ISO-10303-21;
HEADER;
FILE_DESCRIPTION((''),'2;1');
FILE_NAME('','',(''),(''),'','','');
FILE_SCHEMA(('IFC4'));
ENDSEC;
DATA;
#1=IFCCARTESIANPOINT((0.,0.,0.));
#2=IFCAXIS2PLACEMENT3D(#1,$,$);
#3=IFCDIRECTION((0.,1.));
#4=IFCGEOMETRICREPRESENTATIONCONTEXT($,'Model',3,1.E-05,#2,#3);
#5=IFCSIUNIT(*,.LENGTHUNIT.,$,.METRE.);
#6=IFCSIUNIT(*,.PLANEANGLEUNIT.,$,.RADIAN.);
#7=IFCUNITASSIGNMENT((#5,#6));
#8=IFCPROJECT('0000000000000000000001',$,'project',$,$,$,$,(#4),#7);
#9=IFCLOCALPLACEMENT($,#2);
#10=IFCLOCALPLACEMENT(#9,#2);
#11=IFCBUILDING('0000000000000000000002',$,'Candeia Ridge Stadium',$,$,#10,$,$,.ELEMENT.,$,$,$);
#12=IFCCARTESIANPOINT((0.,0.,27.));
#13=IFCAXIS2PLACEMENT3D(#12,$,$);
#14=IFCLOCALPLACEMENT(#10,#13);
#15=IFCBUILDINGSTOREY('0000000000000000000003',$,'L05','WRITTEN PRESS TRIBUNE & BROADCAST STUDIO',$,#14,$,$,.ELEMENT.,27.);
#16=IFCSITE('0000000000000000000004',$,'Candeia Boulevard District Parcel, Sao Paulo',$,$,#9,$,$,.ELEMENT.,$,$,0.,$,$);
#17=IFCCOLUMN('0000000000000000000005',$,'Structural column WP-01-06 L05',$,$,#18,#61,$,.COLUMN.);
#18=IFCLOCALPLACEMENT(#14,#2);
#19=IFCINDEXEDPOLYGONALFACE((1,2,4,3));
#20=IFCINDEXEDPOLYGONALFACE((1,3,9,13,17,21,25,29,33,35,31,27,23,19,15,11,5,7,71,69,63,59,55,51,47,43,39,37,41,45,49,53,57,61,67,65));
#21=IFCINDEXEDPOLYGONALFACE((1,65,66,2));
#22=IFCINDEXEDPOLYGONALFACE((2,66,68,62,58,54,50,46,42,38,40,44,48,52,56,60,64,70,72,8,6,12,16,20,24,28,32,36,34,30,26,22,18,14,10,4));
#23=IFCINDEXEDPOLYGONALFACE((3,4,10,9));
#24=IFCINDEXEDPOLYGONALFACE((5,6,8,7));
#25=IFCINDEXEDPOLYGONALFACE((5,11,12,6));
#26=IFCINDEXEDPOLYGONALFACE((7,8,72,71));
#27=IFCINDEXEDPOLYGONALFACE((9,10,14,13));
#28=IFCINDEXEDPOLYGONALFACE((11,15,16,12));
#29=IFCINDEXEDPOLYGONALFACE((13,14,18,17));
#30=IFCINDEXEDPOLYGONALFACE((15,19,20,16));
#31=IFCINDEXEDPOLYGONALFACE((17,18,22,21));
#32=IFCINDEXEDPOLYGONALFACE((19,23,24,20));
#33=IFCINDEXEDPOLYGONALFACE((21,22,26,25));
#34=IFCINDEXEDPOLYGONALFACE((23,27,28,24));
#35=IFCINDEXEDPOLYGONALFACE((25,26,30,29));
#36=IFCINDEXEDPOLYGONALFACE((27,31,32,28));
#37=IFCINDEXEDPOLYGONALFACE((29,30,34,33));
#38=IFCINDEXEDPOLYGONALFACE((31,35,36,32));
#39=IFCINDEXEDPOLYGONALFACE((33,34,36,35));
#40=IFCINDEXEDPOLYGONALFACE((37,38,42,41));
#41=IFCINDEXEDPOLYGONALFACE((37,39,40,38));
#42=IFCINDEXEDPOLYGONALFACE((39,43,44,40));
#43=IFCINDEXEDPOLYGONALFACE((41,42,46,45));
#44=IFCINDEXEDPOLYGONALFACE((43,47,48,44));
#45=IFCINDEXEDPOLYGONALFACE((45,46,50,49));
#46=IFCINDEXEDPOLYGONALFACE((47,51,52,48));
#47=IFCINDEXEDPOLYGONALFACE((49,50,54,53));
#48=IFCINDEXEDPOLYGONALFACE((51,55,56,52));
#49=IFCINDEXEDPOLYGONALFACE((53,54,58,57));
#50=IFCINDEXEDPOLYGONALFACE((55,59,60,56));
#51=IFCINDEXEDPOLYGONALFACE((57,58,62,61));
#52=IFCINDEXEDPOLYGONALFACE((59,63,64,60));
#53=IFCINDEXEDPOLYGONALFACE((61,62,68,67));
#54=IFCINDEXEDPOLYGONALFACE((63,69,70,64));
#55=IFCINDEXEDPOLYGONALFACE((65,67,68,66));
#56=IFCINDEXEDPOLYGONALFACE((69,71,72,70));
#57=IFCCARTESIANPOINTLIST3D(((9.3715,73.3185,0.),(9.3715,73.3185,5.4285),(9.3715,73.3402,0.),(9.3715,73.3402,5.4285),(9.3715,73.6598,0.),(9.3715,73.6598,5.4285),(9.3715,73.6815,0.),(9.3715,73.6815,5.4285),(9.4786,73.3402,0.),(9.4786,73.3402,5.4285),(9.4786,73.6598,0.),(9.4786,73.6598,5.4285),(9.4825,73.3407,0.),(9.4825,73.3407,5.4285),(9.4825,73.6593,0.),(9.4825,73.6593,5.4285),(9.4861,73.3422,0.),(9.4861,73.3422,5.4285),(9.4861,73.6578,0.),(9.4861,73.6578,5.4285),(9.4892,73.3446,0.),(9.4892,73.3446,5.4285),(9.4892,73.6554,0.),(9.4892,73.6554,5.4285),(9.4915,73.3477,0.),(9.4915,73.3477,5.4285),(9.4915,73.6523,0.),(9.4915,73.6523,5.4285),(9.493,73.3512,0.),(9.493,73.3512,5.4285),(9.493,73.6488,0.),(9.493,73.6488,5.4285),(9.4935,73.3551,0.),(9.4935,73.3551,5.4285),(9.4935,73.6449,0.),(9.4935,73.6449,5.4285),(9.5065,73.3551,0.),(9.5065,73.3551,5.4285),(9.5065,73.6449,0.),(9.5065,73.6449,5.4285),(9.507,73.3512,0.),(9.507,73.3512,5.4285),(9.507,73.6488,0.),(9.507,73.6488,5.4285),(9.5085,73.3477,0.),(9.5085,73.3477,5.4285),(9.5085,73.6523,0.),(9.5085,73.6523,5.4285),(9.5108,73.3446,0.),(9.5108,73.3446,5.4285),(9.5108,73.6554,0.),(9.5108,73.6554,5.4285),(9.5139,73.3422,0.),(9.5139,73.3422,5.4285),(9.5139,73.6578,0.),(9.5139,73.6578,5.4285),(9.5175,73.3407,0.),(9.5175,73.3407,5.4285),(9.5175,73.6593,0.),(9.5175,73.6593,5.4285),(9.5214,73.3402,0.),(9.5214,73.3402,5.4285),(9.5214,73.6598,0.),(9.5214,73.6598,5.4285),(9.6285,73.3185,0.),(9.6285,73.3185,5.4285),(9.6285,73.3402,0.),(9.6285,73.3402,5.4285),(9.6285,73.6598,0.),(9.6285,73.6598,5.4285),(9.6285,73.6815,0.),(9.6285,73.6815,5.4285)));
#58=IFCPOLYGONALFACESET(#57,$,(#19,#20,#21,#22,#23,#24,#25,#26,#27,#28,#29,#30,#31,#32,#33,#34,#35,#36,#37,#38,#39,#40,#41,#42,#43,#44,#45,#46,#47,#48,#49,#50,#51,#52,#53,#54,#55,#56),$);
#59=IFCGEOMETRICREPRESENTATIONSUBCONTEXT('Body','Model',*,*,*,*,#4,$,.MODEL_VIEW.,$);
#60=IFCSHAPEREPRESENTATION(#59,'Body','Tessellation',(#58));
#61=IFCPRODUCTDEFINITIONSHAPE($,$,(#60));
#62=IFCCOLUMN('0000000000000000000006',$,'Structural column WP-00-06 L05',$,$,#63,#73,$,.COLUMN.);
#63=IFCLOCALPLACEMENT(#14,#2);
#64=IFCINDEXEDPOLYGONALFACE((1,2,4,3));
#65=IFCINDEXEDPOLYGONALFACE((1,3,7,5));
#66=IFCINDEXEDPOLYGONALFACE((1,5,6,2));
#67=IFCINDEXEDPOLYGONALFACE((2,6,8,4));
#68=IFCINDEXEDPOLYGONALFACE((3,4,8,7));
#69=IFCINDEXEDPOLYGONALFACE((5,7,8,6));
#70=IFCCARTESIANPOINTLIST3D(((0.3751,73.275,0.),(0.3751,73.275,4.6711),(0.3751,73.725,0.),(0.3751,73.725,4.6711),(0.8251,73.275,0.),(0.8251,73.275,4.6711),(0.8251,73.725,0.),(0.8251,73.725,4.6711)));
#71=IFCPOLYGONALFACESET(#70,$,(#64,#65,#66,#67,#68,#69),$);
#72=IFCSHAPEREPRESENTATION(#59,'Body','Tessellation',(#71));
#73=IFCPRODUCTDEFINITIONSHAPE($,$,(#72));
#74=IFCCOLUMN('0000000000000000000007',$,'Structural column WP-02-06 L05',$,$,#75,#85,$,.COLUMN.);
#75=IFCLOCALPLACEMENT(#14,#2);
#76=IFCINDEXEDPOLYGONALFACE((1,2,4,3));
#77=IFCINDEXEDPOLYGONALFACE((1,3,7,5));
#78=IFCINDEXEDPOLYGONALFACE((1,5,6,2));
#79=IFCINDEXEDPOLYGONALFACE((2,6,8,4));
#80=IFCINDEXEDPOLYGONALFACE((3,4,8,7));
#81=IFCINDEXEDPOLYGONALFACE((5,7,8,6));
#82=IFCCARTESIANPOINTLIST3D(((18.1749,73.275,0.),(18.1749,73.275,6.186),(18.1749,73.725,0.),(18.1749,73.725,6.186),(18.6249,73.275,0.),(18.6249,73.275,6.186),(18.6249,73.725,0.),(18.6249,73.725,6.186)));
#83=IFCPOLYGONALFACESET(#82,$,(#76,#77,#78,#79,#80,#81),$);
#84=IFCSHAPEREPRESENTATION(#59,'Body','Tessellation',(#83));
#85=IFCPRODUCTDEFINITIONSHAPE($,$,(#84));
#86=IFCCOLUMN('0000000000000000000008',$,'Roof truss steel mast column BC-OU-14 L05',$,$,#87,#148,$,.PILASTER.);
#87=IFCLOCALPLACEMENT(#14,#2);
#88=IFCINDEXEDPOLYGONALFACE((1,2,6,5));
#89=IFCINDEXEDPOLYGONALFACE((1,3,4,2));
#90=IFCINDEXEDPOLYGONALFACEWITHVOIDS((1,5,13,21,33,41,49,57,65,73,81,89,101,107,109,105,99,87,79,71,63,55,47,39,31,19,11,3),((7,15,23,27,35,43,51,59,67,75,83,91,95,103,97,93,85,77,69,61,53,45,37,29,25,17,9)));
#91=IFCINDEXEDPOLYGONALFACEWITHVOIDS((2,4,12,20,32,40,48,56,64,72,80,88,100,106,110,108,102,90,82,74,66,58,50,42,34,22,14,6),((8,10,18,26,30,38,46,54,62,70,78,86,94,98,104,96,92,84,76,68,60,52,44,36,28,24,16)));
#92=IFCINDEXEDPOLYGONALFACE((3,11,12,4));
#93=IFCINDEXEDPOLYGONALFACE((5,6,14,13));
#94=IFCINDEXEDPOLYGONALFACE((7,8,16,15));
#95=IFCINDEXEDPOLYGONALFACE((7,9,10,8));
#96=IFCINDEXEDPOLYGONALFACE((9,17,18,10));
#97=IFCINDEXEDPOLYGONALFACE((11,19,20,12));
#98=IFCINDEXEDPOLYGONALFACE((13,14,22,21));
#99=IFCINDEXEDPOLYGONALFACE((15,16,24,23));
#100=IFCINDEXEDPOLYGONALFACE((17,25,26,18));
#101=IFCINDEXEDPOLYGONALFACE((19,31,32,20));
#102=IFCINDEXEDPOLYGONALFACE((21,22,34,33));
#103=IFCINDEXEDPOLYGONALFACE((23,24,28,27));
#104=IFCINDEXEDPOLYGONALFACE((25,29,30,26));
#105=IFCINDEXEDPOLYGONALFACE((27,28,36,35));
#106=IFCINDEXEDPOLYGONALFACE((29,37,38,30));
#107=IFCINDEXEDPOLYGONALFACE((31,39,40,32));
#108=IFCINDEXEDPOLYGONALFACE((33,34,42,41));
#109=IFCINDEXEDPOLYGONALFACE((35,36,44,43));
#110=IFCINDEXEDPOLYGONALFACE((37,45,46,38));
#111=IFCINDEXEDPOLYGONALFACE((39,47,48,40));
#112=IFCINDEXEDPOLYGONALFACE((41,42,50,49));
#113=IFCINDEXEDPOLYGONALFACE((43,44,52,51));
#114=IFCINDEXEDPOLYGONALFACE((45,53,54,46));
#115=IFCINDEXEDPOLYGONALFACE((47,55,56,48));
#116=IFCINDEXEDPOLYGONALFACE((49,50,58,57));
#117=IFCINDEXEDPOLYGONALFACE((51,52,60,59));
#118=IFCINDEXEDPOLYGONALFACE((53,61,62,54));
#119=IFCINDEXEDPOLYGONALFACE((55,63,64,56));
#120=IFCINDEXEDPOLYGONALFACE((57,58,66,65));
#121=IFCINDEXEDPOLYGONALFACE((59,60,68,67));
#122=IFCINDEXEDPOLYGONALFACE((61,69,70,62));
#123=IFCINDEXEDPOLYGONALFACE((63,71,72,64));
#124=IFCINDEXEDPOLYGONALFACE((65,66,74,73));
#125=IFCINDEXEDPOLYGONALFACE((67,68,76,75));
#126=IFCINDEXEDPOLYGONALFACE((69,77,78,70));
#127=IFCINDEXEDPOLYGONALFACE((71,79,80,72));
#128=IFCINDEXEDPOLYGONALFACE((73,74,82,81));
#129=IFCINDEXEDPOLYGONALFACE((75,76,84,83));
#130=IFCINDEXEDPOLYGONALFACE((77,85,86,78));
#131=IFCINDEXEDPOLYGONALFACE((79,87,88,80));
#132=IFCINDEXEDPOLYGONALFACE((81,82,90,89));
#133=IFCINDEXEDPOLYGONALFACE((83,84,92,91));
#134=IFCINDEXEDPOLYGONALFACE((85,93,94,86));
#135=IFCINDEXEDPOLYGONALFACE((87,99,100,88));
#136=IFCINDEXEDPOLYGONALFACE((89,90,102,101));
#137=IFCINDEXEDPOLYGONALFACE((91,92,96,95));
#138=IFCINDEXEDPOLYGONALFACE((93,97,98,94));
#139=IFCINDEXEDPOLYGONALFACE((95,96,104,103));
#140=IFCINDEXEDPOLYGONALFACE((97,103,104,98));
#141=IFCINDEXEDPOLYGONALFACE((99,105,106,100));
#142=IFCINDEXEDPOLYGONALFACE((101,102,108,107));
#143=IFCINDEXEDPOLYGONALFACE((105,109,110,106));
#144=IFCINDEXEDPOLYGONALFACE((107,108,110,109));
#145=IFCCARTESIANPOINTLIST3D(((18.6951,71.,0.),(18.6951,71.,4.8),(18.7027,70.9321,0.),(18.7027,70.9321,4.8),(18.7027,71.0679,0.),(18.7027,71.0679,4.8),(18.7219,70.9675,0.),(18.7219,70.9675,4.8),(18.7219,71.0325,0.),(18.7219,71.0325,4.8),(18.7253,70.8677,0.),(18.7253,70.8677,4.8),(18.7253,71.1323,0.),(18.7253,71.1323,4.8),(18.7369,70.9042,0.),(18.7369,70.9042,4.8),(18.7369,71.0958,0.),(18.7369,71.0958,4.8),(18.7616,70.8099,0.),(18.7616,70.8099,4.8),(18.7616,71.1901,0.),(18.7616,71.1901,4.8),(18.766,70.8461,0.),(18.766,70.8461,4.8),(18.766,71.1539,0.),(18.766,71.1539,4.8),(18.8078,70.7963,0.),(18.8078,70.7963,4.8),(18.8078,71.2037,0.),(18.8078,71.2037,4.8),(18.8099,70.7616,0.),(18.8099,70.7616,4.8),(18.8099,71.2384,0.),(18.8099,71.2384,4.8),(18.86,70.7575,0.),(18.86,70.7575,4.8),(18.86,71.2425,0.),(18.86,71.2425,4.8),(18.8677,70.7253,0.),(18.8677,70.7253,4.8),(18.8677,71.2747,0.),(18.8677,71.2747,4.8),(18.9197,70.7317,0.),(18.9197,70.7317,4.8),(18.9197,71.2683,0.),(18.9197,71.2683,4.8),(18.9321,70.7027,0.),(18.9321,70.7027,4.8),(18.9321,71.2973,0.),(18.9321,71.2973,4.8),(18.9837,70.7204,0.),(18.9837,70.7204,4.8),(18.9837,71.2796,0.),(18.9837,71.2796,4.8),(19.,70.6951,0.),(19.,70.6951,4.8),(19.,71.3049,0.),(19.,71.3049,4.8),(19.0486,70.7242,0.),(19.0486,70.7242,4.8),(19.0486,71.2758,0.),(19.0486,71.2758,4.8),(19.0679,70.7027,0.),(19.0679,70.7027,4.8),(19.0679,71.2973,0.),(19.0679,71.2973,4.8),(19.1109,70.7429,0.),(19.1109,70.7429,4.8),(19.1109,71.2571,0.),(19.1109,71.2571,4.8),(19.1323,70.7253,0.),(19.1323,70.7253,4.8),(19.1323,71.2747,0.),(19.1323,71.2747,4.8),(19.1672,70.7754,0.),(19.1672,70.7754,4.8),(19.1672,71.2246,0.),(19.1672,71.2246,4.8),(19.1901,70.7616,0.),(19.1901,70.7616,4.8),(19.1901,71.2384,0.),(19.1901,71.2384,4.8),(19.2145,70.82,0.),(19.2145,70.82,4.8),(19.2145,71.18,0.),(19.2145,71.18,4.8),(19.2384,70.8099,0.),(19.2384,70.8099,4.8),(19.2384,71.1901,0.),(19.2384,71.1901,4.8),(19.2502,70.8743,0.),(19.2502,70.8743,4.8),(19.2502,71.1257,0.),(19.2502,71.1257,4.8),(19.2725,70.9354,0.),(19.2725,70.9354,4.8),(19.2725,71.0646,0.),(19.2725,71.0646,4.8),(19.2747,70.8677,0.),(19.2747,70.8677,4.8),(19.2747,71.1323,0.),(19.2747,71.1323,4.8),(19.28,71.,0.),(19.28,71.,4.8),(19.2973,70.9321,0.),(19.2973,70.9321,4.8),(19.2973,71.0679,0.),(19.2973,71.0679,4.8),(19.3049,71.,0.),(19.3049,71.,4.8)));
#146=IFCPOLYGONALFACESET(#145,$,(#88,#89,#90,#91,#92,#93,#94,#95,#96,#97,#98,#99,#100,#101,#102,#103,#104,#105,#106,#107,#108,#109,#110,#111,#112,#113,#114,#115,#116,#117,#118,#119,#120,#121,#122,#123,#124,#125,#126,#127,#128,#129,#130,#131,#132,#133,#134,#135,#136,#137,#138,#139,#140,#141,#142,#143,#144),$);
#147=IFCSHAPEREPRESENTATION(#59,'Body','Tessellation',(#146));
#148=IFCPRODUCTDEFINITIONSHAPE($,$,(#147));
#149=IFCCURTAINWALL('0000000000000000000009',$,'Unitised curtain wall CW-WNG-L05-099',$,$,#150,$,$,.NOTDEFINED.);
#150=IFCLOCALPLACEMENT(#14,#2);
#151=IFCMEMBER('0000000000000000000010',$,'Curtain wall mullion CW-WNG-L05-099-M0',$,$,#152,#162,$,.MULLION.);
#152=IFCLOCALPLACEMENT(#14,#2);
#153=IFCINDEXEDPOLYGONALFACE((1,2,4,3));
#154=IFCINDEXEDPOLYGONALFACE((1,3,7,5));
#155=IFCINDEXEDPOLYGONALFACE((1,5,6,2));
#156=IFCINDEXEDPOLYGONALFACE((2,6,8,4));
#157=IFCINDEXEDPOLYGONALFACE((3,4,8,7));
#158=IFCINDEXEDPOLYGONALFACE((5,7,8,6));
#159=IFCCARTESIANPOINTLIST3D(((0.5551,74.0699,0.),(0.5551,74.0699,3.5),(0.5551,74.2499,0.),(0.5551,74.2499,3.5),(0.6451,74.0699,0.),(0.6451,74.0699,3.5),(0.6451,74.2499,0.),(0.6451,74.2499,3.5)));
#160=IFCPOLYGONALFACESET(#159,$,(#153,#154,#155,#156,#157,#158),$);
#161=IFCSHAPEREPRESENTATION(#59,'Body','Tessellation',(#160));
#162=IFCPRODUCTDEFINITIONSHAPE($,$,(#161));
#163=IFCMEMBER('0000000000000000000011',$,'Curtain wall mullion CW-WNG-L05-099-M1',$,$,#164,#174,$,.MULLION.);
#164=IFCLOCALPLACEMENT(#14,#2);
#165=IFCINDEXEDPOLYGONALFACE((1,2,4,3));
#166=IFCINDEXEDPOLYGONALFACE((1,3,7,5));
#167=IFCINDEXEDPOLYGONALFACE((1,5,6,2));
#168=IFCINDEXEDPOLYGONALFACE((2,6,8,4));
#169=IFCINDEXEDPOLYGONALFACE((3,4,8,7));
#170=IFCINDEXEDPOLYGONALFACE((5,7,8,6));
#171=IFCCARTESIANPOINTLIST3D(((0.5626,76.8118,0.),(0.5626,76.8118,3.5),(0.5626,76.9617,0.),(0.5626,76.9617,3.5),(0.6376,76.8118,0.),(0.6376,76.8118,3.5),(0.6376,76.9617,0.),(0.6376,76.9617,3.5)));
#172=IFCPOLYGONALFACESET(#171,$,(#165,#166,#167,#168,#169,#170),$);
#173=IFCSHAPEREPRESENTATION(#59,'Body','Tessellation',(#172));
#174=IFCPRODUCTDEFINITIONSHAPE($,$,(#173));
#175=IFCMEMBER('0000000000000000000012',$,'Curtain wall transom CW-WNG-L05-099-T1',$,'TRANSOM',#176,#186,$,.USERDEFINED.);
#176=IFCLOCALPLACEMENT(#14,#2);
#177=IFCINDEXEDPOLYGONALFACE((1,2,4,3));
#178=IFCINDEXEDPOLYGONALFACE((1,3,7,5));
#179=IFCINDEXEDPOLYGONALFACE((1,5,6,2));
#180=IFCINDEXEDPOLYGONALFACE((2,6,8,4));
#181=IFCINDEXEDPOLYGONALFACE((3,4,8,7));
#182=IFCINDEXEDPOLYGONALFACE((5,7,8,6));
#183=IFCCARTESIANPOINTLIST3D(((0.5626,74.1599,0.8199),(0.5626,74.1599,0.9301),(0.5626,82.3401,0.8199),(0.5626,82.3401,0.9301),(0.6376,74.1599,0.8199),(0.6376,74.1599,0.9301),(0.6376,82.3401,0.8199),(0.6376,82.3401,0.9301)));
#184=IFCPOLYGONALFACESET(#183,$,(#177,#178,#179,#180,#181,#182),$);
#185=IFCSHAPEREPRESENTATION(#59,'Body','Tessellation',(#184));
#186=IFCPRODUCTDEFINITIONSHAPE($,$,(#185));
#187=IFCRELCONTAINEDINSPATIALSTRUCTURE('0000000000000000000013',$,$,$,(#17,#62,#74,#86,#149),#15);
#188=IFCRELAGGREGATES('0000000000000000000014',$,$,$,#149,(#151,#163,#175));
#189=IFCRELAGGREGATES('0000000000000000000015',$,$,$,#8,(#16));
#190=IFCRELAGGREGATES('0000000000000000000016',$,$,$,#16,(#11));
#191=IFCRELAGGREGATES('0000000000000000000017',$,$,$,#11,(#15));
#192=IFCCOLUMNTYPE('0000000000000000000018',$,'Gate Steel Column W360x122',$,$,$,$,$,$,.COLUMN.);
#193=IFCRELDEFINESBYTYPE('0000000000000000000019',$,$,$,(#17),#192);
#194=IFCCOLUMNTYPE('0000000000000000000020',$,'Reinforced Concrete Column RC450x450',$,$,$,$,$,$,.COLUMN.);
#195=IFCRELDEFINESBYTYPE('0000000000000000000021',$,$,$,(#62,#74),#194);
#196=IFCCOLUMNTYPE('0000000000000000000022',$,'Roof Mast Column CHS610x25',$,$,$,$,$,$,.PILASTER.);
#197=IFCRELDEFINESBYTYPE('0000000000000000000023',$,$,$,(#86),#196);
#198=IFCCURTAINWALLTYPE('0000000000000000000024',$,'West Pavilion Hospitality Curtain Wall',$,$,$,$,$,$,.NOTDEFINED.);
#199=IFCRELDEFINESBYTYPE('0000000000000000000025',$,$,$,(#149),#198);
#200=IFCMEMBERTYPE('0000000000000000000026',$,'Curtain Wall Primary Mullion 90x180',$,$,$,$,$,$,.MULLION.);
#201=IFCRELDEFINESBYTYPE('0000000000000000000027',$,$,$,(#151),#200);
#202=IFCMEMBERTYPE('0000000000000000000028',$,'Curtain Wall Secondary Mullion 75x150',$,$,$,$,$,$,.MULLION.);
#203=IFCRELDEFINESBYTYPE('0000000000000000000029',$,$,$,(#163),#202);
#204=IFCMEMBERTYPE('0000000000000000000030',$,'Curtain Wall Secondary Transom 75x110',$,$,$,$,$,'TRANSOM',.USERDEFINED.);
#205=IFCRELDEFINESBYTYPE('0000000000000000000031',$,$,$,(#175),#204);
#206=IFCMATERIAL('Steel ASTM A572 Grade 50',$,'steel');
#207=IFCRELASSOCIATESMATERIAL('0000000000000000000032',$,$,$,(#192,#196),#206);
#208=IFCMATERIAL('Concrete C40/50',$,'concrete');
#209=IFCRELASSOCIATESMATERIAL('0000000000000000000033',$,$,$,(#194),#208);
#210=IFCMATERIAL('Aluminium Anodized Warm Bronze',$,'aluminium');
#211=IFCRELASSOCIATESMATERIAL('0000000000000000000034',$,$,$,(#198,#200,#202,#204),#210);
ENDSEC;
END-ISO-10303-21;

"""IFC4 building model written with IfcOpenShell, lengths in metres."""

from ifc_helpers import new_model, si_unit, direction, frame, origin, origin_2d, place, context, subcontext, project, spatial, rectangle, hollow_circle, i_section, extrude, material, material_profile, profile_set, type_object, element, aggregate, save


model = new_model("IFC4")

# Units and contexts
model_context = context("Model", 3, precision=1e-05, world=origin(), true_north=direction((0.0, 1.0)))
body_context = subcontext(model_context, "Body", "Model", "MODEL_VIEW")
ifc_project = project(units=[si_unit("LENGTHUNIT", "METRE"), si_unit("PLANEANGLEUNIT", "RADIAN")], contexts=[model_context])

# Site, building, storey
site_placement = place(None, origin())
site = spatial("IfcSite", under=ifc_project, at=site_placement, Name="Candeia Boulevard District Parcel, Sao Paulo", CompositionType="ELEMENT", RefElevation=0.0)
building_placement = place(site_placement, origin())
building = spatial("IfcBuilding", under=site, at=building_placement, Name="Candeia Ridge Stadium", CompositionType="ELEMENT")
storey_placement = place(building_placement, frame((0.0, 0.0, 27.0)))
storey = spatial("IfcBuildingStorey", under=building, at=storey_placement, Name="L05", Description="WRITTEN PRESS TRIBUNE & BROADCAST STUDIO", CompositionType="ELEMENT", Elevation=27.0)

# Columns
ifc_material_1 = material(Name="Steel ASTM A572 Grade 50", Category="steel")
ifc_material_profile_1 = material_profile(ifc_material_1, i_section(OverallWidth=0.2571, OverallDepth=0.363, WebThickness=0.0129, FlangeThickness=0.0217, FilletRadius=0.0149, at=origin_2d()), Name="W360x122", Category="steel")
ifc_profile_set_1 = profile_set([ifc_material_profile_1], Name="Steel ASTM A572 Grade 50")
column_type_1 = type_object("IfcColumnType", Name="Gate Steel Column W360x122", PredefinedType="COLUMN", material=ifc_profile_set_1)
column_1_placement = place(storey_placement, frame((9.5, 73.5, 0.0), z_axis=(0.0, 0.0, 1.0), x_axis=(1.0, 0.0, 0.0)))
element("IfcColumn", 1, at=column_1_placement, inside=storey, type_object=column_type_1, Name="Structural column WP-01-06 L05", PredefinedType="COLUMN", context=body_context, shape_type="SweptSolid", body=[
    extrude(i_section(OverallWidth=0.2571, OverallDepth=0.363, WebThickness=0.0129, FlangeThickness=0.0217, FilletRadius=0.0149, at=origin_2d()), origin(), (0.0, 0.0, 1.0), 5.4285),
])
ifc_material_2 = material(Name="Concrete C40/50", Category="concrete")
ifc_material_profile_2 = material_profile(ifc_material_2, rectangle(XDim=0.45, YDim=0.45, at=origin_2d()), Name="RC450x450", Category="concrete")
ifc_profile_set_2 = profile_set([ifc_material_profile_2], Name="Concrete C40/50")
column_type_2 = type_object("IfcColumnType", Name="Reinforced Concrete Column RC450x450", PredefinedType="COLUMN", material=ifc_profile_set_2)
column_2_placement = place(storey_placement, frame((0.6001, 73.5, 0.0), z_axis=(0.0, 0.0, 1.0), x_axis=(1.0, 0.0, 0.0)))
element("IfcColumn", 2, at=column_2_placement, inside=storey, type_object=column_type_2, Name="Structural column WP-00-06 L05", PredefinedType="COLUMN", context=body_context, shape_type="SweptSolid", body=[
    extrude(rectangle(XDim=0.45, YDim=0.45, at=origin_2d()), origin(), (0.0, 0.0, 1.0), 4.6711),
])
column_3_placement = place(storey_placement, frame((18.3999, 73.5, 0.0), z_axis=(0.0, 0.0, 1.0), x_axis=(1.0, 0.0, 0.0)))
element("IfcColumn", 3, at=column_3_placement, inside=storey, type_object=column_type_2, Name="Structural column WP-02-06 L05", PredefinedType="COLUMN", context=body_context, shape_type="SweptSolid", body=[
    extrude(rectangle(XDim=0.45, YDim=0.45, at=origin_2d()), origin(), (0.0, 0.0, 1.0), 6.186),
])
ifc_material_profile_3 = material_profile(ifc_material_1, hollow_circle(Radius=0.3049, WallThickness=0.0249, at=origin_2d()), Name="CHS610x25", Category="steel")
ifc_profile_set_3 = profile_set([ifc_material_profile_3], Name="Steel ASTM A572 Grade 50")
column_type_3 = type_object("IfcColumnType", Name="Roof Mast Column CHS610x25", PredefinedType="PILASTER", material=ifc_profile_set_3)
column_4_placement = place(storey_placement, frame((19.0, 71.0, 0.0), z_axis=(0.0, 0.0, 1.0), x_axis=(1.0, 0.0, 0.0)))
element("IfcColumn", 4, at=column_4_placement, inside=storey, type_object=column_type_3, Name="Roof truss steel mast column BC-OU-14 L05", PredefinedType="PILASTER", context=body_context, shape_type="SweptSolid", body=[
    extrude(hollow_circle(Radius=0.3049, WallThickness=0.0249, at=origin_2d()), origin(), (0.0, 0.0, 1.0), 4.8),
])

# Curtain wall, members
ifc_material_3 = material(Name="Aluminium Anodized Warm Bronze", Category="aluminium")
curtain_wall_type = type_object("IfcCurtainWallType", Name="West Pavilion Hospitality Curtain Wall", PredefinedType="NOTDEFINED", material=ifc_material_3)
curtain_wall_placement = place(storey_placement, origin())
curtain_wall = element("IfcCurtainWall", 5, at=curtain_wall_placement, inside=storey, type_object=curtain_wall_type, Name="Unitised curtain wall CW-WNG-L05-099", PredefinedType="NOTDEFINED")
ifc_material_profile_4 = material_profile(ifc_material_3, rectangle(XDim=0.0901, YDim=0.1799, at=origin_2d()), Name="CWM-90x180", Category="aluminium")
ifc_profile_set_4 = profile_set([ifc_material_profile_4], Name="Aluminium Anodized Warm Bronze")
member_type_1 = type_object("IfcMemberType", Name="Curtain Wall Primary Mullion 90x180", PredefinedType="MULLION", material=ifc_profile_set_4)
member_1_placement = place(storey_placement, frame((0.6001, 74.1599, 0.0), z_axis=(0.0, 0.0, 1.0), x_axis=(1.0, 0.0, 0.0)))
member_1 = element("IfcMember", 6, at=member_1_placement, type_object=member_type_1, Name="Curtain wall mullion CW-WNG-L05-099-M0", PredefinedType="MULLION", context=body_context, shape_type="SweptSolid", body=[
    extrude(rectangle(XDim=0.0901, YDim=0.1799, at=origin_2d()), origin(), (0.0, 0.0, 1.0), 3.5),
])
ifc_material_profile_5 = material_profile(ifc_material_3, rectangle(XDim=0.075, YDim=0.1499, at=origin_2d()), Name="CWM-75x150", Category="aluminium")
ifc_profile_set_5 = profile_set([ifc_material_profile_5], Name="Aluminium Anodized Warm Bronze")
member_type_2 = type_object("IfcMemberType", Name="Curtain Wall Secondary Mullion 75x150", PredefinedType="MULLION", material=ifc_profile_set_5)
member_2_placement = place(storey_placement, frame((0.6001, 76.8867, 0.0), z_axis=(0.0, 0.0, 1.0), x_axis=(1.0, 0.0, 0.0)))
member_2 = element("IfcMember", 7, at=member_2_placement, type_object=member_type_2, Name="Curtain wall mullion CW-WNG-L05-099-M1", PredefinedType="MULLION", context=body_context, shape_type="SweptSolid", body=[
    extrude(rectangle(XDim=0.075, YDim=0.1499, at=origin_2d()), origin(), (0.0, 0.0, 1.0), 3.5),
])
ifc_material_profile_6 = material_profile(ifc_material_3, rectangle(XDim=0.075, YDim=0.1101, at=origin_2d()), Name="CWT-75x110", Category="aluminium")
ifc_profile_set_6 = profile_set([ifc_material_profile_6], Name="Aluminium Anodized Warm Bronze")
member_type_3 = type_object("IfcMemberType", Name="Curtain Wall Secondary Transom 75x110", ElementType="TRANSOM", PredefinedType="USERDEFINED", material=ifc_profile_set_6)
member_3_placement = place(storey_placement, frame((0.6001, 74.1599, 0.875), z_axis=(0.0, 1.0, 0.0), x_axis=(-1.0, 0.0, 0.0)))
member_3 = element("IfcMember", 8, at=member_3_placement, type_object=member_type_3, Name="Curtain wall transom CW-WNG-L05-099-T1", ObjectType="TRANSOM", PredefinedType="USERDEFINED", context=body_context, shape_type="SweptSolid", body=[
    extrude(rectangle(XDim=0.075, YDim=0.1101, at=origin_2d()), origin(), (0.0, 0.0, 1.0), 8.1802),
])

aggregate(curtain_wall, [member_1, member_2, member_3])

save(model, "model.ifc")
